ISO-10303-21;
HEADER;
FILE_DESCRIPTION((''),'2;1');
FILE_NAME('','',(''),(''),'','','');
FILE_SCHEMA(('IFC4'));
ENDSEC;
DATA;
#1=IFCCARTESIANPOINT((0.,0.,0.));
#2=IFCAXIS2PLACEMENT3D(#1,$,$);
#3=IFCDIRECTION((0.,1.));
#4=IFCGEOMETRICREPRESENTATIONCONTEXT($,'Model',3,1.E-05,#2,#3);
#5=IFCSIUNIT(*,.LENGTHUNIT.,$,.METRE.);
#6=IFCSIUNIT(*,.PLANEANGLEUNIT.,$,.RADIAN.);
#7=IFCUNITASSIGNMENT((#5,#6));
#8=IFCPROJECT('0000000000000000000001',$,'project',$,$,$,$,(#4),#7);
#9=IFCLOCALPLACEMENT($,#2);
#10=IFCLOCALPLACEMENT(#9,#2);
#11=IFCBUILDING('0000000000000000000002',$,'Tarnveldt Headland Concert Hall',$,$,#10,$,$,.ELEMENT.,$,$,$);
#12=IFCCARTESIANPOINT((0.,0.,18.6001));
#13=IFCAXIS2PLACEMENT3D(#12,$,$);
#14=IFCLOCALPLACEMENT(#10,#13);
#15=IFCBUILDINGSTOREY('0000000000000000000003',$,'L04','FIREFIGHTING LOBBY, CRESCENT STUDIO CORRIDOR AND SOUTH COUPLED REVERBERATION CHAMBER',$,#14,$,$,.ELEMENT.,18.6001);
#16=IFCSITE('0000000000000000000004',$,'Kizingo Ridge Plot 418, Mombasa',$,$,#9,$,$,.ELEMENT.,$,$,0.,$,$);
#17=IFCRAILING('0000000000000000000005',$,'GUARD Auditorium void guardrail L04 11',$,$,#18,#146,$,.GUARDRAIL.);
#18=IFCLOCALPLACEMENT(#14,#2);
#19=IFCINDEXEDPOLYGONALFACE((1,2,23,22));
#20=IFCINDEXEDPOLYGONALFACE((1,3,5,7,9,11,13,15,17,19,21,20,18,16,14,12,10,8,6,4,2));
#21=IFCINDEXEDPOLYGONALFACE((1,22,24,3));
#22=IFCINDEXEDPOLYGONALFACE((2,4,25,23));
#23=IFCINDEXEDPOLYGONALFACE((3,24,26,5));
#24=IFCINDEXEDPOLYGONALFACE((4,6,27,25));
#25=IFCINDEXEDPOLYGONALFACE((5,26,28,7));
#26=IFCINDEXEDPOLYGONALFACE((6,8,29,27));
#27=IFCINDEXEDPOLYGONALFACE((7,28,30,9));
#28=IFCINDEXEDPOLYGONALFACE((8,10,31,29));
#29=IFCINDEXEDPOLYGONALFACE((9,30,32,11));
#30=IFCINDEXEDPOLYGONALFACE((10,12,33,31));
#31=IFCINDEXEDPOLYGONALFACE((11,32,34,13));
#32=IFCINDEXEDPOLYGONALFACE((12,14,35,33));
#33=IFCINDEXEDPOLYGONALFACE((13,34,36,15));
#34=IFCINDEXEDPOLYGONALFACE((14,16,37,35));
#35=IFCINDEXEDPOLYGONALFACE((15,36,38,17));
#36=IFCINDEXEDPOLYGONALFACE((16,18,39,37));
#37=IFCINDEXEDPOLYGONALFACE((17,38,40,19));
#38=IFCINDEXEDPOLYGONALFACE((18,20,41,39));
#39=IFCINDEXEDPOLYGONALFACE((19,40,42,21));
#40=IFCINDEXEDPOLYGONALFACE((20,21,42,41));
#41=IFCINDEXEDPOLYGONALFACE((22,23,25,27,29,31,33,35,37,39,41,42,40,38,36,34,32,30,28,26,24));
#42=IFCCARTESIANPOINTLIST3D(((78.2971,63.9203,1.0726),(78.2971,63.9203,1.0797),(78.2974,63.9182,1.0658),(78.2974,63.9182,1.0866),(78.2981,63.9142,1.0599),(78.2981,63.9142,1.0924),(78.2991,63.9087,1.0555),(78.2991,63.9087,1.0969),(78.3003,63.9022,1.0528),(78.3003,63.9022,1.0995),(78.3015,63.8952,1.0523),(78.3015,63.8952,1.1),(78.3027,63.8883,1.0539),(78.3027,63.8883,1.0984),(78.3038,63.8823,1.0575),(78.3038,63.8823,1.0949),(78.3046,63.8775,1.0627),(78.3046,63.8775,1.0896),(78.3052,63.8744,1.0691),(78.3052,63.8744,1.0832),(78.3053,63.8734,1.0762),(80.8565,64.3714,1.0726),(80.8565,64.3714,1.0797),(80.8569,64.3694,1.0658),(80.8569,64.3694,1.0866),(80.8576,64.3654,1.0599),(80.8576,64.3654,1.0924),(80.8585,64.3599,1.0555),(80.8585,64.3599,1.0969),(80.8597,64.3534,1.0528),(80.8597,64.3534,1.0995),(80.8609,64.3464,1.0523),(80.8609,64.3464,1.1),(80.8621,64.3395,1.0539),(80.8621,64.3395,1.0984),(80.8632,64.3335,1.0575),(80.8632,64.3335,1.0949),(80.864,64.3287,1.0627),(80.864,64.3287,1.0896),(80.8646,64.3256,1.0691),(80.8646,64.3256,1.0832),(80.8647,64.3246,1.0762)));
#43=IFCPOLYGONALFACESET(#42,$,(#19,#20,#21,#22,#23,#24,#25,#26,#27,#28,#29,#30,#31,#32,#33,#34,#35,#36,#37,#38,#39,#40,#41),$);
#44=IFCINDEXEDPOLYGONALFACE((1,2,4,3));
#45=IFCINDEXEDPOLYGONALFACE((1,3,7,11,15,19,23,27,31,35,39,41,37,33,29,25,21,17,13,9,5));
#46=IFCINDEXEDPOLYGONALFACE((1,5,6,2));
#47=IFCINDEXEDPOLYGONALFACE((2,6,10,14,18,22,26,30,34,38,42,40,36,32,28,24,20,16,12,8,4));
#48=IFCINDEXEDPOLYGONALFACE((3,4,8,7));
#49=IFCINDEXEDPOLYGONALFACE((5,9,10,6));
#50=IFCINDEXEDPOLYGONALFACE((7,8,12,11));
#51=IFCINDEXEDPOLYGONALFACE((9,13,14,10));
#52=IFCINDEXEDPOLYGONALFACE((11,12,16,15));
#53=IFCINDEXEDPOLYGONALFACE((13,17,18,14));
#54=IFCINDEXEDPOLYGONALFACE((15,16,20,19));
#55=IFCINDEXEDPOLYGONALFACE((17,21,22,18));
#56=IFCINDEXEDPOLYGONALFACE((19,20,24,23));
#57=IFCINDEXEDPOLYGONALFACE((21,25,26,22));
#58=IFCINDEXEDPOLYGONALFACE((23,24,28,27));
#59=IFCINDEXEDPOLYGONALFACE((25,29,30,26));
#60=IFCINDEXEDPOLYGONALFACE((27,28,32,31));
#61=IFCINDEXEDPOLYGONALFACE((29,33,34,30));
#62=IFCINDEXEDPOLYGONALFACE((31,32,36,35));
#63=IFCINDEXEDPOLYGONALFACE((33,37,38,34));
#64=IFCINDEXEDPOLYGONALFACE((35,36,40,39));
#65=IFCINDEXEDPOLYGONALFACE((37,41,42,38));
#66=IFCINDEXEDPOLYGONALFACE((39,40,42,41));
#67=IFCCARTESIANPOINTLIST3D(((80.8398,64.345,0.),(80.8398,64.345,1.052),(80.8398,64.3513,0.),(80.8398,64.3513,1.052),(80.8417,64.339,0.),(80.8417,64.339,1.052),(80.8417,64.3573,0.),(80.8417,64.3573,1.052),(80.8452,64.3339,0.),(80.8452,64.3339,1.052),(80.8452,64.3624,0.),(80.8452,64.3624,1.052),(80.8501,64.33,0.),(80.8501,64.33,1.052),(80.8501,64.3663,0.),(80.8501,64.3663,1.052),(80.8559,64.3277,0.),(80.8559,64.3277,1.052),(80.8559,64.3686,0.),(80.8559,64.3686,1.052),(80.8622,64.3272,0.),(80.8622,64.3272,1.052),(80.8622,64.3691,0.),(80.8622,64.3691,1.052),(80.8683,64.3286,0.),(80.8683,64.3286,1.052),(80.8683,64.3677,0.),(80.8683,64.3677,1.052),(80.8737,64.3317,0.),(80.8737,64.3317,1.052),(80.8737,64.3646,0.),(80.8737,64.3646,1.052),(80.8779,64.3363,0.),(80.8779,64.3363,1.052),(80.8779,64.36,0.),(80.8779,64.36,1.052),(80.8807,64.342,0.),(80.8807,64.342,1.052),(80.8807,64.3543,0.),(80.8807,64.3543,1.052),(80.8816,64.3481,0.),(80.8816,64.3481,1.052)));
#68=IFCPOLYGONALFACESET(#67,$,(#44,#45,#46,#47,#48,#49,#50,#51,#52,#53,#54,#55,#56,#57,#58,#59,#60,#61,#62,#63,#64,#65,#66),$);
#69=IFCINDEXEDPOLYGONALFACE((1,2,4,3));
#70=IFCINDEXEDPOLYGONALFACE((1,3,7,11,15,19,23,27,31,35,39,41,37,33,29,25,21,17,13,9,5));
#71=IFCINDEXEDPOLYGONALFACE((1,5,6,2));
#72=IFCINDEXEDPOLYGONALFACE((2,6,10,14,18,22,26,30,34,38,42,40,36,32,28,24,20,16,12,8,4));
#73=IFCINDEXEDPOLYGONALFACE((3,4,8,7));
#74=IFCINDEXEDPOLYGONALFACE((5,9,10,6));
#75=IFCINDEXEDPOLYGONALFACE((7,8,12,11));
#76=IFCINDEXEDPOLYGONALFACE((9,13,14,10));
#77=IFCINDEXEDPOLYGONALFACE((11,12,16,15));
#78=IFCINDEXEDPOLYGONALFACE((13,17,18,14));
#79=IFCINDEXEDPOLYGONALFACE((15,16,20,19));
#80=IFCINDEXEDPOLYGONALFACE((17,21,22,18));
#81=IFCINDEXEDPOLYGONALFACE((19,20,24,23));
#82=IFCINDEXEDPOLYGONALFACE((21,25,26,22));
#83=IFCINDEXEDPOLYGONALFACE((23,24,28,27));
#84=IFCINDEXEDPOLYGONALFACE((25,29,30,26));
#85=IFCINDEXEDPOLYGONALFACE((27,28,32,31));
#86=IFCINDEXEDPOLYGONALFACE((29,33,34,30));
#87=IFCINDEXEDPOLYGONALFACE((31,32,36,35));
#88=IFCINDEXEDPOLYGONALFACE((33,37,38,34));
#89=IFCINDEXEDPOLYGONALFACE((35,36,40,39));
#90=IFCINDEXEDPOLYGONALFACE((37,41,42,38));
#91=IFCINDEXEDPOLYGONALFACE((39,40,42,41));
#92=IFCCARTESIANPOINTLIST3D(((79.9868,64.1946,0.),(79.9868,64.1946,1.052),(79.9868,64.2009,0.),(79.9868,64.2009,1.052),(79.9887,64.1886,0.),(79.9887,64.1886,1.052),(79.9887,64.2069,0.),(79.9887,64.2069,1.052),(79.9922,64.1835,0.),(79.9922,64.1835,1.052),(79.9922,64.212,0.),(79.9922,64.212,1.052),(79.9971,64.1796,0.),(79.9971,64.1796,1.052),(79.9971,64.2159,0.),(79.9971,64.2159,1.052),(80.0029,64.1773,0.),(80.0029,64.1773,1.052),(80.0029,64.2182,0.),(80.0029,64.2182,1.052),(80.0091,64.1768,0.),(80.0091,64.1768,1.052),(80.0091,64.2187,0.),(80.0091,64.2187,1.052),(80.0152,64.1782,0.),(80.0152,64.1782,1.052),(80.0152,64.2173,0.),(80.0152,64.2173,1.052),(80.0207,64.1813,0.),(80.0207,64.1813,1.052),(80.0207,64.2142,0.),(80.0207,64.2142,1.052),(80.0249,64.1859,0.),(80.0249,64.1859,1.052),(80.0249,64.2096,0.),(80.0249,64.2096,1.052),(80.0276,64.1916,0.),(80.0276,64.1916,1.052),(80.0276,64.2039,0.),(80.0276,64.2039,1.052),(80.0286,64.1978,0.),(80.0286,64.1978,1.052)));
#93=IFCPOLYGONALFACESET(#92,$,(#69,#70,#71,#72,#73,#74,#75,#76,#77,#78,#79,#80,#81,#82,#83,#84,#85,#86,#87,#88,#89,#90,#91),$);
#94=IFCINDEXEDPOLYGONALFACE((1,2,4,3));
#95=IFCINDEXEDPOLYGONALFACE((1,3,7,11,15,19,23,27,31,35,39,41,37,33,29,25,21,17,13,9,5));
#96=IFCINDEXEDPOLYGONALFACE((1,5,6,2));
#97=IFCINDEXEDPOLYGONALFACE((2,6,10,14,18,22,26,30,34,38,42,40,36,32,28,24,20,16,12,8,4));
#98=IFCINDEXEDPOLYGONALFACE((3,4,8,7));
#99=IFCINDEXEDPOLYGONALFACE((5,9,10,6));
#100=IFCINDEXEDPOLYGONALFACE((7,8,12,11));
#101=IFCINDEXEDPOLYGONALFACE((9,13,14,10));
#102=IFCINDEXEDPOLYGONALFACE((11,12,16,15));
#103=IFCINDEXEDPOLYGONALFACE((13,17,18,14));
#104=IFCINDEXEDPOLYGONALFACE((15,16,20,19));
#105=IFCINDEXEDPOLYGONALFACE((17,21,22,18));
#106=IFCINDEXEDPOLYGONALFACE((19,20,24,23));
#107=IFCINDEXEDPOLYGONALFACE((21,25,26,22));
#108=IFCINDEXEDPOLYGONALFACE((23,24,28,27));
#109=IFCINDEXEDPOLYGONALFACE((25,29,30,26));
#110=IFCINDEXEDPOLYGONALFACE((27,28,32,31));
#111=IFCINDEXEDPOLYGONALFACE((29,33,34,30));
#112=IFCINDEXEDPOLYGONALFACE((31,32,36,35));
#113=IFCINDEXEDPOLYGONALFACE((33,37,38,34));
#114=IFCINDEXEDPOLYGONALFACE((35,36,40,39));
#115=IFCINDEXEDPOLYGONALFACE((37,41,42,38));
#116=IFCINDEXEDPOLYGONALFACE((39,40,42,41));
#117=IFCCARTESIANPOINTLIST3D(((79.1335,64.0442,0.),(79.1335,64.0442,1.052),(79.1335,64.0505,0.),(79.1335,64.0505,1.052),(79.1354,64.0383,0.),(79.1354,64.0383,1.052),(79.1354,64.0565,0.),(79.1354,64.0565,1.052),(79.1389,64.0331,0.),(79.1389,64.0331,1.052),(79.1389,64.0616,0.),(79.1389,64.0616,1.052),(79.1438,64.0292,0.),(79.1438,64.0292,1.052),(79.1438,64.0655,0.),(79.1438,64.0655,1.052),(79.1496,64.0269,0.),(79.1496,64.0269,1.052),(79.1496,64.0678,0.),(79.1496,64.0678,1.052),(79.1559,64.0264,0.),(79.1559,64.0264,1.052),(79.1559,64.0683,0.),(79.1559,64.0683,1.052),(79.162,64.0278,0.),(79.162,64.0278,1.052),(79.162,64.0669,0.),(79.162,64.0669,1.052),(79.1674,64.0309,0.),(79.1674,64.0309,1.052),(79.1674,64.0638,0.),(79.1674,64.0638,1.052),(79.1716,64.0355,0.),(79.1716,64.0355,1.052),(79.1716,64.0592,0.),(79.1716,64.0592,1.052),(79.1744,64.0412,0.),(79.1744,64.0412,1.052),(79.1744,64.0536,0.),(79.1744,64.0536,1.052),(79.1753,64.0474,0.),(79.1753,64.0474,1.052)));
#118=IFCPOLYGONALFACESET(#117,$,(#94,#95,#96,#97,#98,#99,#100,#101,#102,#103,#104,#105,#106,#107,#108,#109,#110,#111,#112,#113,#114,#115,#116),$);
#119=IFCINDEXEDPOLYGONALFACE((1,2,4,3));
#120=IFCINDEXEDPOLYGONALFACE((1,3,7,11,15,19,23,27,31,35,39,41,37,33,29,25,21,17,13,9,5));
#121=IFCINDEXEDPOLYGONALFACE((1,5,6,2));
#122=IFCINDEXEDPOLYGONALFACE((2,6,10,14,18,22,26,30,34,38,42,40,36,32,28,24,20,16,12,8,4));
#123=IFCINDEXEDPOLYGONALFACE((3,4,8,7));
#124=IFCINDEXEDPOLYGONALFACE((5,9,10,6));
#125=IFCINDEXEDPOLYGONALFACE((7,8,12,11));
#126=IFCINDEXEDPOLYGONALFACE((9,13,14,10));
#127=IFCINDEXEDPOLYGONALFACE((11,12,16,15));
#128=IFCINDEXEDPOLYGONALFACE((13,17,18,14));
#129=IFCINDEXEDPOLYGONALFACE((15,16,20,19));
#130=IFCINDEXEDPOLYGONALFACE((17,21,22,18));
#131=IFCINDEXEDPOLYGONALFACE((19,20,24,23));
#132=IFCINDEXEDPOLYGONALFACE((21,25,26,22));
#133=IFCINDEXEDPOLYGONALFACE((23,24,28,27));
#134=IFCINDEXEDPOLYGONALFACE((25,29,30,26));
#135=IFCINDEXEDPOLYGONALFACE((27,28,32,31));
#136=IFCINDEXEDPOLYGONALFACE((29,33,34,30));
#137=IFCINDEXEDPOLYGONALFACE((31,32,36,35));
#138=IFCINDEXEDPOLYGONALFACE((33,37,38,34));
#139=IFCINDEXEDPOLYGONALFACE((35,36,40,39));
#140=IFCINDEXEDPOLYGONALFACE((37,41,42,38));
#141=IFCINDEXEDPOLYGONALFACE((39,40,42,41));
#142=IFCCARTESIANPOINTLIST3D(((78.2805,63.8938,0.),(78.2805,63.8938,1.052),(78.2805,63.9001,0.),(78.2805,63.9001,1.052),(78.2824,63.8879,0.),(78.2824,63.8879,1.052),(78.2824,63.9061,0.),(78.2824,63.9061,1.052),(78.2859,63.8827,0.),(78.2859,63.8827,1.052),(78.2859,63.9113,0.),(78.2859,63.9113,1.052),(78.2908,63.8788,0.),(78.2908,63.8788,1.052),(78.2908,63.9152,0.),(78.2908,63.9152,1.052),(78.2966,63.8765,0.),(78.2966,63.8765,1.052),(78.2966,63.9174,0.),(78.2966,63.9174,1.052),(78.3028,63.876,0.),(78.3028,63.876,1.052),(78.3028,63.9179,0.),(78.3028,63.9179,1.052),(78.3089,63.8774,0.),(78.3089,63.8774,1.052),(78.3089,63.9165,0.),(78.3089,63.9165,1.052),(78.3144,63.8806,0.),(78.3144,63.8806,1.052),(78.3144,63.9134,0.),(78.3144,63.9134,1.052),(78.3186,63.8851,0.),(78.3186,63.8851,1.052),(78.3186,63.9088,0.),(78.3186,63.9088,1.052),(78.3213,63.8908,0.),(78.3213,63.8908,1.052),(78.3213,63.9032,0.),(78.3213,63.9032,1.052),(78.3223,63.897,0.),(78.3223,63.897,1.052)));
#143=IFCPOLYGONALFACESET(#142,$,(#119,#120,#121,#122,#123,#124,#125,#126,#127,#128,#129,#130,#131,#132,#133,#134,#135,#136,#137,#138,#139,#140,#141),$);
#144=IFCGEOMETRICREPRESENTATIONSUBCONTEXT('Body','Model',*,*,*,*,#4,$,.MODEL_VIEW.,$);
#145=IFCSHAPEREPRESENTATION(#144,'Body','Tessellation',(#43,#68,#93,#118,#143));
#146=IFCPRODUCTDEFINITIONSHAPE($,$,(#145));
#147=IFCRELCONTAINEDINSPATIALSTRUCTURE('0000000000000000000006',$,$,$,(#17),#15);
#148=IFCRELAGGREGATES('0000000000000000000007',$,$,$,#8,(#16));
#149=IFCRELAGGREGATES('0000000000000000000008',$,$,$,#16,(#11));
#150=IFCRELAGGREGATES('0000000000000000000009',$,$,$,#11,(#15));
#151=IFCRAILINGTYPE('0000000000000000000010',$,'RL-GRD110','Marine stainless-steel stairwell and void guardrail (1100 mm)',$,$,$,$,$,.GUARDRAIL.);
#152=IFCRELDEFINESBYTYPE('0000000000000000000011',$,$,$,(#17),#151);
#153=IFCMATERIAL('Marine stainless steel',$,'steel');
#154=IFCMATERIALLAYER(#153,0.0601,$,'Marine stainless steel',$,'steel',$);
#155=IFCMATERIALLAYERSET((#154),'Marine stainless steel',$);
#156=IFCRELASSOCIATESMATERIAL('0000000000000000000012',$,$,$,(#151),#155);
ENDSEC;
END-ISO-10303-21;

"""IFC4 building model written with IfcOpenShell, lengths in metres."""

from ifc_helpers import new_model, si_unit, direction, frame, origin, origin_2d, place, context, subcontext, project, spatial, circle, extrude, material, layer, layer_set, type_object, element, save


model = new_model("IFC4")

# Units and contexts
model_context = context("Model", 3, precision=1e-05, world=origin(), true_north=direction((0.0, 1.0)))
body_context = subcontext(model_context, "Body", "Model", "MODEL_VIEW")
ifc_project = project(units=[si_unit("LENGTHUNIT", "METRE"), si_unit("PLANEANGLEUNIT", "RADIAN")], contexts=[model_context])

# Site, building, storey
site_placement = place(None, origin())
site = spatial("IfcSite", under=ifc_project, at=site_placement, Name="Kizingo Ridge Plot 418, Mombasa", CompositionType="ELEMENT", RefElevation=0.0)
building_placement = place(site_placement, origin())
building = spatial("IfcBuilding", under=site, at=building_placement, Name="Tarnveldt Headland Concert Hall", CompositionType="ELEMENT")
storey_placement = place(building_placement, frame((0.0, 0.0, 18.6001)))
storey = spatial("IfcBuildingStorey", under=building, at=storey_placement, Name="L04", Description="FIREFIGHTING LOBBY, CRESCENT STUDIO CORRIDOR AND SOUTH COUPLED REVERBERATION CHAMBER", CompositionType="ELEMENT", Elevation=18.6001)

# Railing
ifc_material_1 = material(Name="Marine stainless steel", Category="steel")
ifc_layer_1 = layer(ifc_material_1, 0.0601, Name="Marine stainless steel", Category="steel")
ifc_layer_set_1 = layer_set([ifc_layer_1], Name="Marine stainless steel")
railing_type = type_object("IfcRailingType", Name="RL-GRD110", Description="Marine stainless-steel stairwell and void guardrail (1100 mm)", PredefinedType="GUARDRAIL", material=ifc_layer_set_1)
railing_1_placement = place(storey_placement, frame((80.8606, 64.3481, 0.0)))
element("IfcRailing", 1, at=railing_1_placement, inside=storey, type_object=railing_type, Name="GUARD Auditorium void guardrail L04 11", PredefinedType="GUARDRAIL", context=body_context, shape_type="SweptSolid", body=[
    extrude(circle(Radius=0.0239, at=origin_2d()), frame((0.0, 0.0, 1.0762), z_axis=(-0.984815, -0.173608, 0.0), x_axis=(0.173608, -0.984815, 0.0)), (0.0, 0.0, 1.0), 2.5989),
    extrude(circle(Radius=0.021, at=origin_2d()), origin(), (0.0, 0.0, 1.0), 1.052),
    extrude(circle(Radius=0.021, at=origin_2d()), frame((-0.853, -0.1504, 0.0)), (0.0, 0.0, 1.0), 1.052),
    extrude(circle(Radius=0.021, at=origin_2d()), frame((-1.7063, -0.3008, 0.0)), (0.0, 0.0, 1.0), 1.052),
    extrude(circle(Radius=0.021, at=origin_2d()), frame((-2.5593, -0.4512, 0.0)), (0.0, 0.0, 1.0), 1.052),
])

save(model, "model.ifc")
